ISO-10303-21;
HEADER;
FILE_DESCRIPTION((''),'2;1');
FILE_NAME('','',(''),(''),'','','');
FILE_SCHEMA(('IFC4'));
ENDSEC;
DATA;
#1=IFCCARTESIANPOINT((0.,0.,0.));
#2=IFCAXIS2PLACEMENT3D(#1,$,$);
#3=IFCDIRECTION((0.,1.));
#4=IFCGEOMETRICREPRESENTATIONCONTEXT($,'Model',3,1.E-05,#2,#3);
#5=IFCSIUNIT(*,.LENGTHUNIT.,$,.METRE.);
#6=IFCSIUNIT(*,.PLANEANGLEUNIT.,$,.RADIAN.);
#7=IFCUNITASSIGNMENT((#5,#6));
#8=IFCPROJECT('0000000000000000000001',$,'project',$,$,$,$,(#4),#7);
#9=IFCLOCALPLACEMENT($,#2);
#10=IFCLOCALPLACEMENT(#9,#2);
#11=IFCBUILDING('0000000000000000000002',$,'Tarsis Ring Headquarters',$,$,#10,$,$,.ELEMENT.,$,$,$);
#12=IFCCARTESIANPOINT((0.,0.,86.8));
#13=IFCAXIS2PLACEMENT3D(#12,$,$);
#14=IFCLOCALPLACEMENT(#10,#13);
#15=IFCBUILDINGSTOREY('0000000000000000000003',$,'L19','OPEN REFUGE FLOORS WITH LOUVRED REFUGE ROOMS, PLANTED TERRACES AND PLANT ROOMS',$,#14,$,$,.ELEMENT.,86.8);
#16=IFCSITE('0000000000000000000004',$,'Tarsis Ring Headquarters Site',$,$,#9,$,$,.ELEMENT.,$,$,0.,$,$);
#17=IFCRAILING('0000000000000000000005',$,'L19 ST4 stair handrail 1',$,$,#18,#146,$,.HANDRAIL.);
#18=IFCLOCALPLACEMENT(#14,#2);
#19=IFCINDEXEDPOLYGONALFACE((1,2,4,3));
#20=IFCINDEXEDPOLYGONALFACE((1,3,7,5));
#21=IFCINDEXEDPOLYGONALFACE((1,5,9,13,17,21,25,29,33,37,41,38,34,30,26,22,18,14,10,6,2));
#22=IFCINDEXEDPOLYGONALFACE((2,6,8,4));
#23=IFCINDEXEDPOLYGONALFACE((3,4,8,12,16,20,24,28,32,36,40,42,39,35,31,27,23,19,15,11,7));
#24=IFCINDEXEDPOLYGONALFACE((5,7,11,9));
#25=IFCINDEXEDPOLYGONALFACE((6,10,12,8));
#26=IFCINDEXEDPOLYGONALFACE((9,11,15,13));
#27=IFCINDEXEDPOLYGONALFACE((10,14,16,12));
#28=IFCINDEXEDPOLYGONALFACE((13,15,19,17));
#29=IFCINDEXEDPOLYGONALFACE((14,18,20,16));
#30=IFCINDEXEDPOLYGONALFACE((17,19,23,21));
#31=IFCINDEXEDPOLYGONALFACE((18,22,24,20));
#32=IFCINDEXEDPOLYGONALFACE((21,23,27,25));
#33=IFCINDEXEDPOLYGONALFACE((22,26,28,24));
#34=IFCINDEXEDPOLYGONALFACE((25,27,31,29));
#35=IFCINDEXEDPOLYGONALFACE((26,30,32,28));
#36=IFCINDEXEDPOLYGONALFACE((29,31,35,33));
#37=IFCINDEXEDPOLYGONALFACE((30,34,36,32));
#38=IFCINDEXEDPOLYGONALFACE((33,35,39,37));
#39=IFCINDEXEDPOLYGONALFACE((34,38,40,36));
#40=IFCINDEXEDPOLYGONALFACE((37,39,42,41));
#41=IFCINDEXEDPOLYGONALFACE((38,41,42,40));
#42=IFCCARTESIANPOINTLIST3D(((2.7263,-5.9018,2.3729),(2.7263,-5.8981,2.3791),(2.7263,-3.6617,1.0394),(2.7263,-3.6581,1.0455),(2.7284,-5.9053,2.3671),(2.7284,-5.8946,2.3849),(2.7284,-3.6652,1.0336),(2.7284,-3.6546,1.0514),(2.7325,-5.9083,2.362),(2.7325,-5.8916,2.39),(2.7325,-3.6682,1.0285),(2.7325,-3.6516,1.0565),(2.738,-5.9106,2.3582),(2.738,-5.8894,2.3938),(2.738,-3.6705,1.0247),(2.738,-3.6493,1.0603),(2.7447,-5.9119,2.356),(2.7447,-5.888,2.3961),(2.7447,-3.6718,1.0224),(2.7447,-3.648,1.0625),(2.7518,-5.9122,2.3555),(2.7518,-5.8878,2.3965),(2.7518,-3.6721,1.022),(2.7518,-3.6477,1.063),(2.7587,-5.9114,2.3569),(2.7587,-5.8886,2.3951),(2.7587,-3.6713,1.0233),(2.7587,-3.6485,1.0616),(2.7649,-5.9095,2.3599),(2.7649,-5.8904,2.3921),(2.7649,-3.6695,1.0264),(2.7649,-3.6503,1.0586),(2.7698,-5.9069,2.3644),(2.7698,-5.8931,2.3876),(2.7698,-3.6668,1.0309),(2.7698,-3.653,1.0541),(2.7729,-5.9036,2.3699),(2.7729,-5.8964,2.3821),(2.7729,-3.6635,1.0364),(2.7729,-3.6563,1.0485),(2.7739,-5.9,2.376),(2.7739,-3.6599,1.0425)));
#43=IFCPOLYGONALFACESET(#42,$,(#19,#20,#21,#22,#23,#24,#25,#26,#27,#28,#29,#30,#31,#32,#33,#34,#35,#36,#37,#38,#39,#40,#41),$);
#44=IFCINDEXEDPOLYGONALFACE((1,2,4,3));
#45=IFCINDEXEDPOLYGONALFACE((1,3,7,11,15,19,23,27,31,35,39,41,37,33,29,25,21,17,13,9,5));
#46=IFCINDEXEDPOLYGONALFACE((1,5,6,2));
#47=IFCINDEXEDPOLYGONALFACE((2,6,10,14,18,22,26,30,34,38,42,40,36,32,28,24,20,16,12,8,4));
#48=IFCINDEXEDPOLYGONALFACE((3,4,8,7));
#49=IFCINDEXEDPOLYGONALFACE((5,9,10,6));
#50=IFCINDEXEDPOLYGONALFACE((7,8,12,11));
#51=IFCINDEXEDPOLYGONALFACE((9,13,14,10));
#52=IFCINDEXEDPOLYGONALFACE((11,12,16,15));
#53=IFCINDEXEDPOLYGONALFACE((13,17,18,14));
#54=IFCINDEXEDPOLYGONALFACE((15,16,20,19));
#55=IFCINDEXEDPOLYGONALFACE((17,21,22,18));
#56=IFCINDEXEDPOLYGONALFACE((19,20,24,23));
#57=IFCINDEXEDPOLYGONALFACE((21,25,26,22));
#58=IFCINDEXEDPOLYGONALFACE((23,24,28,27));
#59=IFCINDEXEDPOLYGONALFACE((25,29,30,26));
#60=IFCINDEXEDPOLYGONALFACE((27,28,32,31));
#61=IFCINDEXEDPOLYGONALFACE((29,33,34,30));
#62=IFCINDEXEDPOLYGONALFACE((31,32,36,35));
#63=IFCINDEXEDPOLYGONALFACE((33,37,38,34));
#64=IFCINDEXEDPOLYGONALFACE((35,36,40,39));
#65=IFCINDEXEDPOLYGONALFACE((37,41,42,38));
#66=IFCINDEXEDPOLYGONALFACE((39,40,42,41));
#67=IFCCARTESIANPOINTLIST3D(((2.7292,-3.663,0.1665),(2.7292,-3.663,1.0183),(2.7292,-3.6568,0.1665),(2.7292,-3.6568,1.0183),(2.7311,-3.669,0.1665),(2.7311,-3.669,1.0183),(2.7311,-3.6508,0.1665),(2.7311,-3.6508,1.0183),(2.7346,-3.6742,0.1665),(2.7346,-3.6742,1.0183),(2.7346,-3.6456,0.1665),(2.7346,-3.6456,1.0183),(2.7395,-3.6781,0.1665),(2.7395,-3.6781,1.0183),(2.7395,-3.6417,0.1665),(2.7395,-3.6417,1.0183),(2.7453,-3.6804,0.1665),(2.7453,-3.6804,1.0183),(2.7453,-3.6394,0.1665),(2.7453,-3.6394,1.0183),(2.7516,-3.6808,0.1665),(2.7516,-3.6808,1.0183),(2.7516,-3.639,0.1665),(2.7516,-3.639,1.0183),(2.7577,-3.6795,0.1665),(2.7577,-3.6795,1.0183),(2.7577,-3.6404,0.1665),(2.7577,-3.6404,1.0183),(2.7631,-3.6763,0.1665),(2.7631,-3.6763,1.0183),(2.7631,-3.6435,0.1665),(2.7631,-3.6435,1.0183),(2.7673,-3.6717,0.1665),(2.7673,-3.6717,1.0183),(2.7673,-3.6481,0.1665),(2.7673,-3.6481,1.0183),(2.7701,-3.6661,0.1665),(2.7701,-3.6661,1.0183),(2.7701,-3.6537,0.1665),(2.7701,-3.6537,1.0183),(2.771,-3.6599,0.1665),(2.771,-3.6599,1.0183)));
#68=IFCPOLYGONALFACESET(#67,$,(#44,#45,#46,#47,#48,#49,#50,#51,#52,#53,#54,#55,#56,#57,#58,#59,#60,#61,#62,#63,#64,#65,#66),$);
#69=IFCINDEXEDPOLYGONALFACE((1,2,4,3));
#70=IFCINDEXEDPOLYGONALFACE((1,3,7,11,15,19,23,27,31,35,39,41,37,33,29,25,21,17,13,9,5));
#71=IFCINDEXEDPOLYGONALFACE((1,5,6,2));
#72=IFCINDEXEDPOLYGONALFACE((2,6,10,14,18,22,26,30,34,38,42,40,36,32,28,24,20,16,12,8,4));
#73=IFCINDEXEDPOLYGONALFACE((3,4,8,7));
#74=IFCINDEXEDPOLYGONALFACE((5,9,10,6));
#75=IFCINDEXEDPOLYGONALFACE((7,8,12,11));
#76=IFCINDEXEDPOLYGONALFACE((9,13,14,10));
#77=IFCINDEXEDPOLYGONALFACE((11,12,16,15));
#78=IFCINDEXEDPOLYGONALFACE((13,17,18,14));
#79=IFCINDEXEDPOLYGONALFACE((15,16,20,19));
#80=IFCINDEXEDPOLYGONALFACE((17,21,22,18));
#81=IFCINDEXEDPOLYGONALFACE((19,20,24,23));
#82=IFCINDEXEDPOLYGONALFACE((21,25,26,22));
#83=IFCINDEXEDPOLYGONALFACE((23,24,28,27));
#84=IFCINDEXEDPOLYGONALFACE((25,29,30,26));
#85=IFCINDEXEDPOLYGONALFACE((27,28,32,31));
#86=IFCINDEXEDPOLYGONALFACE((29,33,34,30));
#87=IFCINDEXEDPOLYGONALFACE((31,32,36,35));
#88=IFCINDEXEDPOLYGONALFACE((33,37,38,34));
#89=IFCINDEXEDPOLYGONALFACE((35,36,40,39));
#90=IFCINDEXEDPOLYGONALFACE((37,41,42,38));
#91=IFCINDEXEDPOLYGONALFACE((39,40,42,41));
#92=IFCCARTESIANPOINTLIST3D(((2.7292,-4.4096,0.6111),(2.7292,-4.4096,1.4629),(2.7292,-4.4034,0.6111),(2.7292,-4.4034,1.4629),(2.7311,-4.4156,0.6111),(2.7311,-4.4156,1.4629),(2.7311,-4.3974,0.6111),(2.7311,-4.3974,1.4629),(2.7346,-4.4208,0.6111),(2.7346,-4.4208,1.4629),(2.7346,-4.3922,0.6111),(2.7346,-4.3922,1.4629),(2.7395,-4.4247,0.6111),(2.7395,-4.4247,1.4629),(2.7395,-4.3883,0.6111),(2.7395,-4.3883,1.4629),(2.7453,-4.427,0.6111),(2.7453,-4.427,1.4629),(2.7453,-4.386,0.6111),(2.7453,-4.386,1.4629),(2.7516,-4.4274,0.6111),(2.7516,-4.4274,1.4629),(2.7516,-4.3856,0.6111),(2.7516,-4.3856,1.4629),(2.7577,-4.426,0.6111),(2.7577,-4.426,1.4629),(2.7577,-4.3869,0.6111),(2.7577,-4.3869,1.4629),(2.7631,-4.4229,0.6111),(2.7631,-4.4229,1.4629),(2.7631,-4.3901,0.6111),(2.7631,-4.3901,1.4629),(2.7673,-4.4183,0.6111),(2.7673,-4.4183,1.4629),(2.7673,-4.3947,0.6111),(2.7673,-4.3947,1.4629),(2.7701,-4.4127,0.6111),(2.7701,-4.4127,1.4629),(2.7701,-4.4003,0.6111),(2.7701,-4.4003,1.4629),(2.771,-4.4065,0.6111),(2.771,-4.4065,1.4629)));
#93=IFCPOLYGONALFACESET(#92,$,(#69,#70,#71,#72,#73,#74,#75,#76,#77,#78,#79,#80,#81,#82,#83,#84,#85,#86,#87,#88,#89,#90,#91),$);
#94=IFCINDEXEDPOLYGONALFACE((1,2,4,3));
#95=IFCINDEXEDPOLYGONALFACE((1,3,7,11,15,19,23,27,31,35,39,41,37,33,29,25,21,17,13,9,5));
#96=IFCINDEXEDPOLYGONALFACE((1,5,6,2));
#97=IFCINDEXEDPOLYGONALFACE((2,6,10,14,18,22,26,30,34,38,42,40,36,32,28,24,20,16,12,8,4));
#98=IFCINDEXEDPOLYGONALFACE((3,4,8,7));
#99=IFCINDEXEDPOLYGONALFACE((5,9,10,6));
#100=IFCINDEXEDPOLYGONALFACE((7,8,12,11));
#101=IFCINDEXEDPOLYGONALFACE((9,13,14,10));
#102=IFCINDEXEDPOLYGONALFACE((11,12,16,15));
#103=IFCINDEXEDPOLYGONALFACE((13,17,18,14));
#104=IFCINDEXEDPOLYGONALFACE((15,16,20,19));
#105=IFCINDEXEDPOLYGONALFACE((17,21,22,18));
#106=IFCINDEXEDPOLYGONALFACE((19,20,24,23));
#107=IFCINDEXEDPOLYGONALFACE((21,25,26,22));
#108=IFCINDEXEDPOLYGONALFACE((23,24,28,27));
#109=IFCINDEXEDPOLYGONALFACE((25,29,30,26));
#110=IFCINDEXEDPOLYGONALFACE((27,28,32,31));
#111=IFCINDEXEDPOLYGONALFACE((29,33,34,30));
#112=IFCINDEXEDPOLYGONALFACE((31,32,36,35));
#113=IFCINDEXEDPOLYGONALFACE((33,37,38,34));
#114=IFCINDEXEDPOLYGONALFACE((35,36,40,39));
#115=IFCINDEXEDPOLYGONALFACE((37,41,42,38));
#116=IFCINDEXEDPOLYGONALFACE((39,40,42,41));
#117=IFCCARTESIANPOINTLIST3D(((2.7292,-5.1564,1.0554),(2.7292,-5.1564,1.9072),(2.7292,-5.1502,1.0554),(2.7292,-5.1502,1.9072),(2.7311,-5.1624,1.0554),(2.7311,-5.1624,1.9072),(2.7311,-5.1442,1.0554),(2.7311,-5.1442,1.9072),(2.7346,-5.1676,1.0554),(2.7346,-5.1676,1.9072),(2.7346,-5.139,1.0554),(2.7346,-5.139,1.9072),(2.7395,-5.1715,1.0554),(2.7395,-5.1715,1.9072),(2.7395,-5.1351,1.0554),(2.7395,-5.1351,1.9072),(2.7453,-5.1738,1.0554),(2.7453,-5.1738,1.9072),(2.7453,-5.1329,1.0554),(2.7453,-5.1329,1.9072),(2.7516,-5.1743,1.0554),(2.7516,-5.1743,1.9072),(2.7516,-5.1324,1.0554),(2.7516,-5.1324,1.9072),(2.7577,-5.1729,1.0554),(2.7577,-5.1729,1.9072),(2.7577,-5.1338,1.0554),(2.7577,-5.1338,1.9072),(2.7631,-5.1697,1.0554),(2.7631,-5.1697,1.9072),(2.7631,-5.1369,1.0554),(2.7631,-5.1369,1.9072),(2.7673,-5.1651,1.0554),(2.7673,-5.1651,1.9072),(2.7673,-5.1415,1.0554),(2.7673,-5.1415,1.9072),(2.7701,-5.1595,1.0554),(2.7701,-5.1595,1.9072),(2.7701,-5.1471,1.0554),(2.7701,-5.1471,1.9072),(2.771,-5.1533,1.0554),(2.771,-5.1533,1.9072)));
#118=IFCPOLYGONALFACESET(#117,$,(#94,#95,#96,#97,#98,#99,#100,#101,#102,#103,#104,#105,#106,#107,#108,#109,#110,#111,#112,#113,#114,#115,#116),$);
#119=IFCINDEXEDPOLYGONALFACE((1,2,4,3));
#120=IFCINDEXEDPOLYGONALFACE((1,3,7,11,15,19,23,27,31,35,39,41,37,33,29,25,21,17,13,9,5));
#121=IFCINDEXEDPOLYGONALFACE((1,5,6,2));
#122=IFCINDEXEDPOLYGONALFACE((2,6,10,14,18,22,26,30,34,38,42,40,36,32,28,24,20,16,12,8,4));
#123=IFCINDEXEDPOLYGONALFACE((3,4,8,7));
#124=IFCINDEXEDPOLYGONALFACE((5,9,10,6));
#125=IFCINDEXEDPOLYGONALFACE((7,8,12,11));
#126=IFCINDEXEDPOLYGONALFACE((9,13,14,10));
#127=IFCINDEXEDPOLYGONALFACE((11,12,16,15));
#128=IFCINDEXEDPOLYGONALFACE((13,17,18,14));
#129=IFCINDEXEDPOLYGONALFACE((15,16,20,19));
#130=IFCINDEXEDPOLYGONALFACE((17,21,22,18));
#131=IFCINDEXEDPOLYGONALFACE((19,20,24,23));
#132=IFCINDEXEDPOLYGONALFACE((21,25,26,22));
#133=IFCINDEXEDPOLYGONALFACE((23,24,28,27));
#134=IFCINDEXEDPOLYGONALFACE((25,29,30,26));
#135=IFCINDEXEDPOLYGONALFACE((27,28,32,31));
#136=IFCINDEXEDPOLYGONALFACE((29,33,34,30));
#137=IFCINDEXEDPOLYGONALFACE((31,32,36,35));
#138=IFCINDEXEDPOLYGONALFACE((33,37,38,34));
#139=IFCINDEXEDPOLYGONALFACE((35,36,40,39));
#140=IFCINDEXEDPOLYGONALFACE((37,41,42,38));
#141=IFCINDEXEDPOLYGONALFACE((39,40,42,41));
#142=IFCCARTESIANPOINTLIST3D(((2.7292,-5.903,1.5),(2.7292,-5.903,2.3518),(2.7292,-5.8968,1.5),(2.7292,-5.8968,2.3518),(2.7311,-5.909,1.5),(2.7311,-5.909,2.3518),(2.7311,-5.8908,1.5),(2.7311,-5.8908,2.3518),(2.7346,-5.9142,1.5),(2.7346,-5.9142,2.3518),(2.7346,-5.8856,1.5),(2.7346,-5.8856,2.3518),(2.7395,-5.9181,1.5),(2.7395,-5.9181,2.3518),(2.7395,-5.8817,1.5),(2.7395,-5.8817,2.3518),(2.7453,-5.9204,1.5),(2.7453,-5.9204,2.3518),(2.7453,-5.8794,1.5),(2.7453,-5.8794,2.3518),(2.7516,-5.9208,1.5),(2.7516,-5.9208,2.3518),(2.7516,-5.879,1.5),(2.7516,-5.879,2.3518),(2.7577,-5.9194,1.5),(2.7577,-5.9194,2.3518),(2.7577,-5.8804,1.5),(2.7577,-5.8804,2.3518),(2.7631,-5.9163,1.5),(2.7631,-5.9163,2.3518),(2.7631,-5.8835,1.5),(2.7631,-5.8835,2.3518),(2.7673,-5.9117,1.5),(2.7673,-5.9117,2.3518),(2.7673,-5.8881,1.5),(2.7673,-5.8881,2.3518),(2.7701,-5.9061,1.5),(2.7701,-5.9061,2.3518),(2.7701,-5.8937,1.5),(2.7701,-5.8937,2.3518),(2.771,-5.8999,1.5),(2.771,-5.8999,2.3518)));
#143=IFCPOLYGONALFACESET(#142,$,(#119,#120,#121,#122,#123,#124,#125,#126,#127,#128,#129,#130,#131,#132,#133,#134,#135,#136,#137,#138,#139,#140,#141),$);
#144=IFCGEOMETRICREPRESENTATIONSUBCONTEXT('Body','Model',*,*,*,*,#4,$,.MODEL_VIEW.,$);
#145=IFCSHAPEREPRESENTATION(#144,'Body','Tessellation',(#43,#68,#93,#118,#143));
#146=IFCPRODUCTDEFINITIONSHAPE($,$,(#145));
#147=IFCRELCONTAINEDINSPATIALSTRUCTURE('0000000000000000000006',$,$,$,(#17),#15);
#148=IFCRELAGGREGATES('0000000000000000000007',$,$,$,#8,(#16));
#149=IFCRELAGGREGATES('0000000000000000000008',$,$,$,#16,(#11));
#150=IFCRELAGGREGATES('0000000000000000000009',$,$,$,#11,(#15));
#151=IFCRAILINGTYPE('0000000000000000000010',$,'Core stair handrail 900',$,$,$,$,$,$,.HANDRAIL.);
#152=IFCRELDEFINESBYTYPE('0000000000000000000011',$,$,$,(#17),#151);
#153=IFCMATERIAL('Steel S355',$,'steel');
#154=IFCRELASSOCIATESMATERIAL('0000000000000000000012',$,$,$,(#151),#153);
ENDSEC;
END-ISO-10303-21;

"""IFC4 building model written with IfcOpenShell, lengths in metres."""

from ifc_helpers import new_model, si_unit, direction, frame, origin, origin_2d, place, context, subcontext, project, spatial, circle, extrude, material, type_object, element, save


model = new_model("IFC4")

# Units and contexts
model_context = context("Model", 3, precision=1e-05, world=origin(), true_north=direction((0.0, 1.0)))
body_context = subcontext(model_context, "Body", "Model", "MODEL_VIEW")
ifc_project = project(units=[si_unit("LENGTHUNIT", "METRE"), si_unit("PLANEANGLEUNIT", "RADIAN")], contexts=[model_context])

# Site, building, storey
site_placement = place(None, origin())
site = spatial("IfcSite", under=ifc_project, at=site_placement, Name="Tarsis Ring Headquarters Site", CompositionType="ELEMENT", RefElevation=0.0)
building_placement = place(site_placement, origin())
building = spatial("IfcBuilding", under=site, at=building_placement, Name="Tarsis Ring Headquarters", CompositionType="ELEMENT")
storey_placement = place(building_placement, frame((0.0, 0.0, 86.8)))
storey = spatial("IfcBuildingStorey", under=building, at=storey_placement, Name="L19", Description="OPEN REFUGE FLOORS WITH LOUVRED REFUGE ROOMS, PLANTED TERRACES AND PLANT ROOMS", CompositionType="ELEMENT", Elevation=86.8)

# Railing
ifc_material_1 = material(Name="Steel S355", Category="steel")
railing_type_1 = type_object("IfcRailingType", Name="Core stair handrail 900", PredefinedType="HANDRAIL", material=ifc_material_1)
for number, where, name in (
    (1, (2.75, -3.6599, 0.1665), "L19 ST4 stair handrail 1"),
):
    element("IfcRailing", number, at=place(storey_placement, frame(where)), inside=storey, type_object=railing_type_1, Name=name, PredefinedType="HANDRAIL", context=body_context, shape_type="SweptSolid", body=[
        extrude(circle(Radius=0.0239, at=origin_2d()), frame((0.0, 0.0, 0.876), z_axis=(0.0, -0.859264, 0.511532), x_axis=(1.0, 0.0, 0.0)), (0.0, 0.0, 1.0), 2.6069),
        extrude(circle(Radius=0.021, at=origin_2d()), origin(), (0.0, 0.0, 1.0), 0.8518),
        extrude(circle(Radius=0.021, at=origin_2d()), frame((0.0, -0.7466, 0.4446)), (0.0, 0.0, 1.0), 0.8518),
        extrude(circle(Radius=0.021, at=origin_2d()), frame((0.0, -1.4934, 0.8889)), (0.0, 0.0, 1.0), 0.8518),
        extrude(circle(Radius=0.021, at=origin_2d()), frame((0.0, -2.24, 1.3335)), (0.0, 0.0, 1.0), 0.8518),
    ])

save(model, "model.ifc")
